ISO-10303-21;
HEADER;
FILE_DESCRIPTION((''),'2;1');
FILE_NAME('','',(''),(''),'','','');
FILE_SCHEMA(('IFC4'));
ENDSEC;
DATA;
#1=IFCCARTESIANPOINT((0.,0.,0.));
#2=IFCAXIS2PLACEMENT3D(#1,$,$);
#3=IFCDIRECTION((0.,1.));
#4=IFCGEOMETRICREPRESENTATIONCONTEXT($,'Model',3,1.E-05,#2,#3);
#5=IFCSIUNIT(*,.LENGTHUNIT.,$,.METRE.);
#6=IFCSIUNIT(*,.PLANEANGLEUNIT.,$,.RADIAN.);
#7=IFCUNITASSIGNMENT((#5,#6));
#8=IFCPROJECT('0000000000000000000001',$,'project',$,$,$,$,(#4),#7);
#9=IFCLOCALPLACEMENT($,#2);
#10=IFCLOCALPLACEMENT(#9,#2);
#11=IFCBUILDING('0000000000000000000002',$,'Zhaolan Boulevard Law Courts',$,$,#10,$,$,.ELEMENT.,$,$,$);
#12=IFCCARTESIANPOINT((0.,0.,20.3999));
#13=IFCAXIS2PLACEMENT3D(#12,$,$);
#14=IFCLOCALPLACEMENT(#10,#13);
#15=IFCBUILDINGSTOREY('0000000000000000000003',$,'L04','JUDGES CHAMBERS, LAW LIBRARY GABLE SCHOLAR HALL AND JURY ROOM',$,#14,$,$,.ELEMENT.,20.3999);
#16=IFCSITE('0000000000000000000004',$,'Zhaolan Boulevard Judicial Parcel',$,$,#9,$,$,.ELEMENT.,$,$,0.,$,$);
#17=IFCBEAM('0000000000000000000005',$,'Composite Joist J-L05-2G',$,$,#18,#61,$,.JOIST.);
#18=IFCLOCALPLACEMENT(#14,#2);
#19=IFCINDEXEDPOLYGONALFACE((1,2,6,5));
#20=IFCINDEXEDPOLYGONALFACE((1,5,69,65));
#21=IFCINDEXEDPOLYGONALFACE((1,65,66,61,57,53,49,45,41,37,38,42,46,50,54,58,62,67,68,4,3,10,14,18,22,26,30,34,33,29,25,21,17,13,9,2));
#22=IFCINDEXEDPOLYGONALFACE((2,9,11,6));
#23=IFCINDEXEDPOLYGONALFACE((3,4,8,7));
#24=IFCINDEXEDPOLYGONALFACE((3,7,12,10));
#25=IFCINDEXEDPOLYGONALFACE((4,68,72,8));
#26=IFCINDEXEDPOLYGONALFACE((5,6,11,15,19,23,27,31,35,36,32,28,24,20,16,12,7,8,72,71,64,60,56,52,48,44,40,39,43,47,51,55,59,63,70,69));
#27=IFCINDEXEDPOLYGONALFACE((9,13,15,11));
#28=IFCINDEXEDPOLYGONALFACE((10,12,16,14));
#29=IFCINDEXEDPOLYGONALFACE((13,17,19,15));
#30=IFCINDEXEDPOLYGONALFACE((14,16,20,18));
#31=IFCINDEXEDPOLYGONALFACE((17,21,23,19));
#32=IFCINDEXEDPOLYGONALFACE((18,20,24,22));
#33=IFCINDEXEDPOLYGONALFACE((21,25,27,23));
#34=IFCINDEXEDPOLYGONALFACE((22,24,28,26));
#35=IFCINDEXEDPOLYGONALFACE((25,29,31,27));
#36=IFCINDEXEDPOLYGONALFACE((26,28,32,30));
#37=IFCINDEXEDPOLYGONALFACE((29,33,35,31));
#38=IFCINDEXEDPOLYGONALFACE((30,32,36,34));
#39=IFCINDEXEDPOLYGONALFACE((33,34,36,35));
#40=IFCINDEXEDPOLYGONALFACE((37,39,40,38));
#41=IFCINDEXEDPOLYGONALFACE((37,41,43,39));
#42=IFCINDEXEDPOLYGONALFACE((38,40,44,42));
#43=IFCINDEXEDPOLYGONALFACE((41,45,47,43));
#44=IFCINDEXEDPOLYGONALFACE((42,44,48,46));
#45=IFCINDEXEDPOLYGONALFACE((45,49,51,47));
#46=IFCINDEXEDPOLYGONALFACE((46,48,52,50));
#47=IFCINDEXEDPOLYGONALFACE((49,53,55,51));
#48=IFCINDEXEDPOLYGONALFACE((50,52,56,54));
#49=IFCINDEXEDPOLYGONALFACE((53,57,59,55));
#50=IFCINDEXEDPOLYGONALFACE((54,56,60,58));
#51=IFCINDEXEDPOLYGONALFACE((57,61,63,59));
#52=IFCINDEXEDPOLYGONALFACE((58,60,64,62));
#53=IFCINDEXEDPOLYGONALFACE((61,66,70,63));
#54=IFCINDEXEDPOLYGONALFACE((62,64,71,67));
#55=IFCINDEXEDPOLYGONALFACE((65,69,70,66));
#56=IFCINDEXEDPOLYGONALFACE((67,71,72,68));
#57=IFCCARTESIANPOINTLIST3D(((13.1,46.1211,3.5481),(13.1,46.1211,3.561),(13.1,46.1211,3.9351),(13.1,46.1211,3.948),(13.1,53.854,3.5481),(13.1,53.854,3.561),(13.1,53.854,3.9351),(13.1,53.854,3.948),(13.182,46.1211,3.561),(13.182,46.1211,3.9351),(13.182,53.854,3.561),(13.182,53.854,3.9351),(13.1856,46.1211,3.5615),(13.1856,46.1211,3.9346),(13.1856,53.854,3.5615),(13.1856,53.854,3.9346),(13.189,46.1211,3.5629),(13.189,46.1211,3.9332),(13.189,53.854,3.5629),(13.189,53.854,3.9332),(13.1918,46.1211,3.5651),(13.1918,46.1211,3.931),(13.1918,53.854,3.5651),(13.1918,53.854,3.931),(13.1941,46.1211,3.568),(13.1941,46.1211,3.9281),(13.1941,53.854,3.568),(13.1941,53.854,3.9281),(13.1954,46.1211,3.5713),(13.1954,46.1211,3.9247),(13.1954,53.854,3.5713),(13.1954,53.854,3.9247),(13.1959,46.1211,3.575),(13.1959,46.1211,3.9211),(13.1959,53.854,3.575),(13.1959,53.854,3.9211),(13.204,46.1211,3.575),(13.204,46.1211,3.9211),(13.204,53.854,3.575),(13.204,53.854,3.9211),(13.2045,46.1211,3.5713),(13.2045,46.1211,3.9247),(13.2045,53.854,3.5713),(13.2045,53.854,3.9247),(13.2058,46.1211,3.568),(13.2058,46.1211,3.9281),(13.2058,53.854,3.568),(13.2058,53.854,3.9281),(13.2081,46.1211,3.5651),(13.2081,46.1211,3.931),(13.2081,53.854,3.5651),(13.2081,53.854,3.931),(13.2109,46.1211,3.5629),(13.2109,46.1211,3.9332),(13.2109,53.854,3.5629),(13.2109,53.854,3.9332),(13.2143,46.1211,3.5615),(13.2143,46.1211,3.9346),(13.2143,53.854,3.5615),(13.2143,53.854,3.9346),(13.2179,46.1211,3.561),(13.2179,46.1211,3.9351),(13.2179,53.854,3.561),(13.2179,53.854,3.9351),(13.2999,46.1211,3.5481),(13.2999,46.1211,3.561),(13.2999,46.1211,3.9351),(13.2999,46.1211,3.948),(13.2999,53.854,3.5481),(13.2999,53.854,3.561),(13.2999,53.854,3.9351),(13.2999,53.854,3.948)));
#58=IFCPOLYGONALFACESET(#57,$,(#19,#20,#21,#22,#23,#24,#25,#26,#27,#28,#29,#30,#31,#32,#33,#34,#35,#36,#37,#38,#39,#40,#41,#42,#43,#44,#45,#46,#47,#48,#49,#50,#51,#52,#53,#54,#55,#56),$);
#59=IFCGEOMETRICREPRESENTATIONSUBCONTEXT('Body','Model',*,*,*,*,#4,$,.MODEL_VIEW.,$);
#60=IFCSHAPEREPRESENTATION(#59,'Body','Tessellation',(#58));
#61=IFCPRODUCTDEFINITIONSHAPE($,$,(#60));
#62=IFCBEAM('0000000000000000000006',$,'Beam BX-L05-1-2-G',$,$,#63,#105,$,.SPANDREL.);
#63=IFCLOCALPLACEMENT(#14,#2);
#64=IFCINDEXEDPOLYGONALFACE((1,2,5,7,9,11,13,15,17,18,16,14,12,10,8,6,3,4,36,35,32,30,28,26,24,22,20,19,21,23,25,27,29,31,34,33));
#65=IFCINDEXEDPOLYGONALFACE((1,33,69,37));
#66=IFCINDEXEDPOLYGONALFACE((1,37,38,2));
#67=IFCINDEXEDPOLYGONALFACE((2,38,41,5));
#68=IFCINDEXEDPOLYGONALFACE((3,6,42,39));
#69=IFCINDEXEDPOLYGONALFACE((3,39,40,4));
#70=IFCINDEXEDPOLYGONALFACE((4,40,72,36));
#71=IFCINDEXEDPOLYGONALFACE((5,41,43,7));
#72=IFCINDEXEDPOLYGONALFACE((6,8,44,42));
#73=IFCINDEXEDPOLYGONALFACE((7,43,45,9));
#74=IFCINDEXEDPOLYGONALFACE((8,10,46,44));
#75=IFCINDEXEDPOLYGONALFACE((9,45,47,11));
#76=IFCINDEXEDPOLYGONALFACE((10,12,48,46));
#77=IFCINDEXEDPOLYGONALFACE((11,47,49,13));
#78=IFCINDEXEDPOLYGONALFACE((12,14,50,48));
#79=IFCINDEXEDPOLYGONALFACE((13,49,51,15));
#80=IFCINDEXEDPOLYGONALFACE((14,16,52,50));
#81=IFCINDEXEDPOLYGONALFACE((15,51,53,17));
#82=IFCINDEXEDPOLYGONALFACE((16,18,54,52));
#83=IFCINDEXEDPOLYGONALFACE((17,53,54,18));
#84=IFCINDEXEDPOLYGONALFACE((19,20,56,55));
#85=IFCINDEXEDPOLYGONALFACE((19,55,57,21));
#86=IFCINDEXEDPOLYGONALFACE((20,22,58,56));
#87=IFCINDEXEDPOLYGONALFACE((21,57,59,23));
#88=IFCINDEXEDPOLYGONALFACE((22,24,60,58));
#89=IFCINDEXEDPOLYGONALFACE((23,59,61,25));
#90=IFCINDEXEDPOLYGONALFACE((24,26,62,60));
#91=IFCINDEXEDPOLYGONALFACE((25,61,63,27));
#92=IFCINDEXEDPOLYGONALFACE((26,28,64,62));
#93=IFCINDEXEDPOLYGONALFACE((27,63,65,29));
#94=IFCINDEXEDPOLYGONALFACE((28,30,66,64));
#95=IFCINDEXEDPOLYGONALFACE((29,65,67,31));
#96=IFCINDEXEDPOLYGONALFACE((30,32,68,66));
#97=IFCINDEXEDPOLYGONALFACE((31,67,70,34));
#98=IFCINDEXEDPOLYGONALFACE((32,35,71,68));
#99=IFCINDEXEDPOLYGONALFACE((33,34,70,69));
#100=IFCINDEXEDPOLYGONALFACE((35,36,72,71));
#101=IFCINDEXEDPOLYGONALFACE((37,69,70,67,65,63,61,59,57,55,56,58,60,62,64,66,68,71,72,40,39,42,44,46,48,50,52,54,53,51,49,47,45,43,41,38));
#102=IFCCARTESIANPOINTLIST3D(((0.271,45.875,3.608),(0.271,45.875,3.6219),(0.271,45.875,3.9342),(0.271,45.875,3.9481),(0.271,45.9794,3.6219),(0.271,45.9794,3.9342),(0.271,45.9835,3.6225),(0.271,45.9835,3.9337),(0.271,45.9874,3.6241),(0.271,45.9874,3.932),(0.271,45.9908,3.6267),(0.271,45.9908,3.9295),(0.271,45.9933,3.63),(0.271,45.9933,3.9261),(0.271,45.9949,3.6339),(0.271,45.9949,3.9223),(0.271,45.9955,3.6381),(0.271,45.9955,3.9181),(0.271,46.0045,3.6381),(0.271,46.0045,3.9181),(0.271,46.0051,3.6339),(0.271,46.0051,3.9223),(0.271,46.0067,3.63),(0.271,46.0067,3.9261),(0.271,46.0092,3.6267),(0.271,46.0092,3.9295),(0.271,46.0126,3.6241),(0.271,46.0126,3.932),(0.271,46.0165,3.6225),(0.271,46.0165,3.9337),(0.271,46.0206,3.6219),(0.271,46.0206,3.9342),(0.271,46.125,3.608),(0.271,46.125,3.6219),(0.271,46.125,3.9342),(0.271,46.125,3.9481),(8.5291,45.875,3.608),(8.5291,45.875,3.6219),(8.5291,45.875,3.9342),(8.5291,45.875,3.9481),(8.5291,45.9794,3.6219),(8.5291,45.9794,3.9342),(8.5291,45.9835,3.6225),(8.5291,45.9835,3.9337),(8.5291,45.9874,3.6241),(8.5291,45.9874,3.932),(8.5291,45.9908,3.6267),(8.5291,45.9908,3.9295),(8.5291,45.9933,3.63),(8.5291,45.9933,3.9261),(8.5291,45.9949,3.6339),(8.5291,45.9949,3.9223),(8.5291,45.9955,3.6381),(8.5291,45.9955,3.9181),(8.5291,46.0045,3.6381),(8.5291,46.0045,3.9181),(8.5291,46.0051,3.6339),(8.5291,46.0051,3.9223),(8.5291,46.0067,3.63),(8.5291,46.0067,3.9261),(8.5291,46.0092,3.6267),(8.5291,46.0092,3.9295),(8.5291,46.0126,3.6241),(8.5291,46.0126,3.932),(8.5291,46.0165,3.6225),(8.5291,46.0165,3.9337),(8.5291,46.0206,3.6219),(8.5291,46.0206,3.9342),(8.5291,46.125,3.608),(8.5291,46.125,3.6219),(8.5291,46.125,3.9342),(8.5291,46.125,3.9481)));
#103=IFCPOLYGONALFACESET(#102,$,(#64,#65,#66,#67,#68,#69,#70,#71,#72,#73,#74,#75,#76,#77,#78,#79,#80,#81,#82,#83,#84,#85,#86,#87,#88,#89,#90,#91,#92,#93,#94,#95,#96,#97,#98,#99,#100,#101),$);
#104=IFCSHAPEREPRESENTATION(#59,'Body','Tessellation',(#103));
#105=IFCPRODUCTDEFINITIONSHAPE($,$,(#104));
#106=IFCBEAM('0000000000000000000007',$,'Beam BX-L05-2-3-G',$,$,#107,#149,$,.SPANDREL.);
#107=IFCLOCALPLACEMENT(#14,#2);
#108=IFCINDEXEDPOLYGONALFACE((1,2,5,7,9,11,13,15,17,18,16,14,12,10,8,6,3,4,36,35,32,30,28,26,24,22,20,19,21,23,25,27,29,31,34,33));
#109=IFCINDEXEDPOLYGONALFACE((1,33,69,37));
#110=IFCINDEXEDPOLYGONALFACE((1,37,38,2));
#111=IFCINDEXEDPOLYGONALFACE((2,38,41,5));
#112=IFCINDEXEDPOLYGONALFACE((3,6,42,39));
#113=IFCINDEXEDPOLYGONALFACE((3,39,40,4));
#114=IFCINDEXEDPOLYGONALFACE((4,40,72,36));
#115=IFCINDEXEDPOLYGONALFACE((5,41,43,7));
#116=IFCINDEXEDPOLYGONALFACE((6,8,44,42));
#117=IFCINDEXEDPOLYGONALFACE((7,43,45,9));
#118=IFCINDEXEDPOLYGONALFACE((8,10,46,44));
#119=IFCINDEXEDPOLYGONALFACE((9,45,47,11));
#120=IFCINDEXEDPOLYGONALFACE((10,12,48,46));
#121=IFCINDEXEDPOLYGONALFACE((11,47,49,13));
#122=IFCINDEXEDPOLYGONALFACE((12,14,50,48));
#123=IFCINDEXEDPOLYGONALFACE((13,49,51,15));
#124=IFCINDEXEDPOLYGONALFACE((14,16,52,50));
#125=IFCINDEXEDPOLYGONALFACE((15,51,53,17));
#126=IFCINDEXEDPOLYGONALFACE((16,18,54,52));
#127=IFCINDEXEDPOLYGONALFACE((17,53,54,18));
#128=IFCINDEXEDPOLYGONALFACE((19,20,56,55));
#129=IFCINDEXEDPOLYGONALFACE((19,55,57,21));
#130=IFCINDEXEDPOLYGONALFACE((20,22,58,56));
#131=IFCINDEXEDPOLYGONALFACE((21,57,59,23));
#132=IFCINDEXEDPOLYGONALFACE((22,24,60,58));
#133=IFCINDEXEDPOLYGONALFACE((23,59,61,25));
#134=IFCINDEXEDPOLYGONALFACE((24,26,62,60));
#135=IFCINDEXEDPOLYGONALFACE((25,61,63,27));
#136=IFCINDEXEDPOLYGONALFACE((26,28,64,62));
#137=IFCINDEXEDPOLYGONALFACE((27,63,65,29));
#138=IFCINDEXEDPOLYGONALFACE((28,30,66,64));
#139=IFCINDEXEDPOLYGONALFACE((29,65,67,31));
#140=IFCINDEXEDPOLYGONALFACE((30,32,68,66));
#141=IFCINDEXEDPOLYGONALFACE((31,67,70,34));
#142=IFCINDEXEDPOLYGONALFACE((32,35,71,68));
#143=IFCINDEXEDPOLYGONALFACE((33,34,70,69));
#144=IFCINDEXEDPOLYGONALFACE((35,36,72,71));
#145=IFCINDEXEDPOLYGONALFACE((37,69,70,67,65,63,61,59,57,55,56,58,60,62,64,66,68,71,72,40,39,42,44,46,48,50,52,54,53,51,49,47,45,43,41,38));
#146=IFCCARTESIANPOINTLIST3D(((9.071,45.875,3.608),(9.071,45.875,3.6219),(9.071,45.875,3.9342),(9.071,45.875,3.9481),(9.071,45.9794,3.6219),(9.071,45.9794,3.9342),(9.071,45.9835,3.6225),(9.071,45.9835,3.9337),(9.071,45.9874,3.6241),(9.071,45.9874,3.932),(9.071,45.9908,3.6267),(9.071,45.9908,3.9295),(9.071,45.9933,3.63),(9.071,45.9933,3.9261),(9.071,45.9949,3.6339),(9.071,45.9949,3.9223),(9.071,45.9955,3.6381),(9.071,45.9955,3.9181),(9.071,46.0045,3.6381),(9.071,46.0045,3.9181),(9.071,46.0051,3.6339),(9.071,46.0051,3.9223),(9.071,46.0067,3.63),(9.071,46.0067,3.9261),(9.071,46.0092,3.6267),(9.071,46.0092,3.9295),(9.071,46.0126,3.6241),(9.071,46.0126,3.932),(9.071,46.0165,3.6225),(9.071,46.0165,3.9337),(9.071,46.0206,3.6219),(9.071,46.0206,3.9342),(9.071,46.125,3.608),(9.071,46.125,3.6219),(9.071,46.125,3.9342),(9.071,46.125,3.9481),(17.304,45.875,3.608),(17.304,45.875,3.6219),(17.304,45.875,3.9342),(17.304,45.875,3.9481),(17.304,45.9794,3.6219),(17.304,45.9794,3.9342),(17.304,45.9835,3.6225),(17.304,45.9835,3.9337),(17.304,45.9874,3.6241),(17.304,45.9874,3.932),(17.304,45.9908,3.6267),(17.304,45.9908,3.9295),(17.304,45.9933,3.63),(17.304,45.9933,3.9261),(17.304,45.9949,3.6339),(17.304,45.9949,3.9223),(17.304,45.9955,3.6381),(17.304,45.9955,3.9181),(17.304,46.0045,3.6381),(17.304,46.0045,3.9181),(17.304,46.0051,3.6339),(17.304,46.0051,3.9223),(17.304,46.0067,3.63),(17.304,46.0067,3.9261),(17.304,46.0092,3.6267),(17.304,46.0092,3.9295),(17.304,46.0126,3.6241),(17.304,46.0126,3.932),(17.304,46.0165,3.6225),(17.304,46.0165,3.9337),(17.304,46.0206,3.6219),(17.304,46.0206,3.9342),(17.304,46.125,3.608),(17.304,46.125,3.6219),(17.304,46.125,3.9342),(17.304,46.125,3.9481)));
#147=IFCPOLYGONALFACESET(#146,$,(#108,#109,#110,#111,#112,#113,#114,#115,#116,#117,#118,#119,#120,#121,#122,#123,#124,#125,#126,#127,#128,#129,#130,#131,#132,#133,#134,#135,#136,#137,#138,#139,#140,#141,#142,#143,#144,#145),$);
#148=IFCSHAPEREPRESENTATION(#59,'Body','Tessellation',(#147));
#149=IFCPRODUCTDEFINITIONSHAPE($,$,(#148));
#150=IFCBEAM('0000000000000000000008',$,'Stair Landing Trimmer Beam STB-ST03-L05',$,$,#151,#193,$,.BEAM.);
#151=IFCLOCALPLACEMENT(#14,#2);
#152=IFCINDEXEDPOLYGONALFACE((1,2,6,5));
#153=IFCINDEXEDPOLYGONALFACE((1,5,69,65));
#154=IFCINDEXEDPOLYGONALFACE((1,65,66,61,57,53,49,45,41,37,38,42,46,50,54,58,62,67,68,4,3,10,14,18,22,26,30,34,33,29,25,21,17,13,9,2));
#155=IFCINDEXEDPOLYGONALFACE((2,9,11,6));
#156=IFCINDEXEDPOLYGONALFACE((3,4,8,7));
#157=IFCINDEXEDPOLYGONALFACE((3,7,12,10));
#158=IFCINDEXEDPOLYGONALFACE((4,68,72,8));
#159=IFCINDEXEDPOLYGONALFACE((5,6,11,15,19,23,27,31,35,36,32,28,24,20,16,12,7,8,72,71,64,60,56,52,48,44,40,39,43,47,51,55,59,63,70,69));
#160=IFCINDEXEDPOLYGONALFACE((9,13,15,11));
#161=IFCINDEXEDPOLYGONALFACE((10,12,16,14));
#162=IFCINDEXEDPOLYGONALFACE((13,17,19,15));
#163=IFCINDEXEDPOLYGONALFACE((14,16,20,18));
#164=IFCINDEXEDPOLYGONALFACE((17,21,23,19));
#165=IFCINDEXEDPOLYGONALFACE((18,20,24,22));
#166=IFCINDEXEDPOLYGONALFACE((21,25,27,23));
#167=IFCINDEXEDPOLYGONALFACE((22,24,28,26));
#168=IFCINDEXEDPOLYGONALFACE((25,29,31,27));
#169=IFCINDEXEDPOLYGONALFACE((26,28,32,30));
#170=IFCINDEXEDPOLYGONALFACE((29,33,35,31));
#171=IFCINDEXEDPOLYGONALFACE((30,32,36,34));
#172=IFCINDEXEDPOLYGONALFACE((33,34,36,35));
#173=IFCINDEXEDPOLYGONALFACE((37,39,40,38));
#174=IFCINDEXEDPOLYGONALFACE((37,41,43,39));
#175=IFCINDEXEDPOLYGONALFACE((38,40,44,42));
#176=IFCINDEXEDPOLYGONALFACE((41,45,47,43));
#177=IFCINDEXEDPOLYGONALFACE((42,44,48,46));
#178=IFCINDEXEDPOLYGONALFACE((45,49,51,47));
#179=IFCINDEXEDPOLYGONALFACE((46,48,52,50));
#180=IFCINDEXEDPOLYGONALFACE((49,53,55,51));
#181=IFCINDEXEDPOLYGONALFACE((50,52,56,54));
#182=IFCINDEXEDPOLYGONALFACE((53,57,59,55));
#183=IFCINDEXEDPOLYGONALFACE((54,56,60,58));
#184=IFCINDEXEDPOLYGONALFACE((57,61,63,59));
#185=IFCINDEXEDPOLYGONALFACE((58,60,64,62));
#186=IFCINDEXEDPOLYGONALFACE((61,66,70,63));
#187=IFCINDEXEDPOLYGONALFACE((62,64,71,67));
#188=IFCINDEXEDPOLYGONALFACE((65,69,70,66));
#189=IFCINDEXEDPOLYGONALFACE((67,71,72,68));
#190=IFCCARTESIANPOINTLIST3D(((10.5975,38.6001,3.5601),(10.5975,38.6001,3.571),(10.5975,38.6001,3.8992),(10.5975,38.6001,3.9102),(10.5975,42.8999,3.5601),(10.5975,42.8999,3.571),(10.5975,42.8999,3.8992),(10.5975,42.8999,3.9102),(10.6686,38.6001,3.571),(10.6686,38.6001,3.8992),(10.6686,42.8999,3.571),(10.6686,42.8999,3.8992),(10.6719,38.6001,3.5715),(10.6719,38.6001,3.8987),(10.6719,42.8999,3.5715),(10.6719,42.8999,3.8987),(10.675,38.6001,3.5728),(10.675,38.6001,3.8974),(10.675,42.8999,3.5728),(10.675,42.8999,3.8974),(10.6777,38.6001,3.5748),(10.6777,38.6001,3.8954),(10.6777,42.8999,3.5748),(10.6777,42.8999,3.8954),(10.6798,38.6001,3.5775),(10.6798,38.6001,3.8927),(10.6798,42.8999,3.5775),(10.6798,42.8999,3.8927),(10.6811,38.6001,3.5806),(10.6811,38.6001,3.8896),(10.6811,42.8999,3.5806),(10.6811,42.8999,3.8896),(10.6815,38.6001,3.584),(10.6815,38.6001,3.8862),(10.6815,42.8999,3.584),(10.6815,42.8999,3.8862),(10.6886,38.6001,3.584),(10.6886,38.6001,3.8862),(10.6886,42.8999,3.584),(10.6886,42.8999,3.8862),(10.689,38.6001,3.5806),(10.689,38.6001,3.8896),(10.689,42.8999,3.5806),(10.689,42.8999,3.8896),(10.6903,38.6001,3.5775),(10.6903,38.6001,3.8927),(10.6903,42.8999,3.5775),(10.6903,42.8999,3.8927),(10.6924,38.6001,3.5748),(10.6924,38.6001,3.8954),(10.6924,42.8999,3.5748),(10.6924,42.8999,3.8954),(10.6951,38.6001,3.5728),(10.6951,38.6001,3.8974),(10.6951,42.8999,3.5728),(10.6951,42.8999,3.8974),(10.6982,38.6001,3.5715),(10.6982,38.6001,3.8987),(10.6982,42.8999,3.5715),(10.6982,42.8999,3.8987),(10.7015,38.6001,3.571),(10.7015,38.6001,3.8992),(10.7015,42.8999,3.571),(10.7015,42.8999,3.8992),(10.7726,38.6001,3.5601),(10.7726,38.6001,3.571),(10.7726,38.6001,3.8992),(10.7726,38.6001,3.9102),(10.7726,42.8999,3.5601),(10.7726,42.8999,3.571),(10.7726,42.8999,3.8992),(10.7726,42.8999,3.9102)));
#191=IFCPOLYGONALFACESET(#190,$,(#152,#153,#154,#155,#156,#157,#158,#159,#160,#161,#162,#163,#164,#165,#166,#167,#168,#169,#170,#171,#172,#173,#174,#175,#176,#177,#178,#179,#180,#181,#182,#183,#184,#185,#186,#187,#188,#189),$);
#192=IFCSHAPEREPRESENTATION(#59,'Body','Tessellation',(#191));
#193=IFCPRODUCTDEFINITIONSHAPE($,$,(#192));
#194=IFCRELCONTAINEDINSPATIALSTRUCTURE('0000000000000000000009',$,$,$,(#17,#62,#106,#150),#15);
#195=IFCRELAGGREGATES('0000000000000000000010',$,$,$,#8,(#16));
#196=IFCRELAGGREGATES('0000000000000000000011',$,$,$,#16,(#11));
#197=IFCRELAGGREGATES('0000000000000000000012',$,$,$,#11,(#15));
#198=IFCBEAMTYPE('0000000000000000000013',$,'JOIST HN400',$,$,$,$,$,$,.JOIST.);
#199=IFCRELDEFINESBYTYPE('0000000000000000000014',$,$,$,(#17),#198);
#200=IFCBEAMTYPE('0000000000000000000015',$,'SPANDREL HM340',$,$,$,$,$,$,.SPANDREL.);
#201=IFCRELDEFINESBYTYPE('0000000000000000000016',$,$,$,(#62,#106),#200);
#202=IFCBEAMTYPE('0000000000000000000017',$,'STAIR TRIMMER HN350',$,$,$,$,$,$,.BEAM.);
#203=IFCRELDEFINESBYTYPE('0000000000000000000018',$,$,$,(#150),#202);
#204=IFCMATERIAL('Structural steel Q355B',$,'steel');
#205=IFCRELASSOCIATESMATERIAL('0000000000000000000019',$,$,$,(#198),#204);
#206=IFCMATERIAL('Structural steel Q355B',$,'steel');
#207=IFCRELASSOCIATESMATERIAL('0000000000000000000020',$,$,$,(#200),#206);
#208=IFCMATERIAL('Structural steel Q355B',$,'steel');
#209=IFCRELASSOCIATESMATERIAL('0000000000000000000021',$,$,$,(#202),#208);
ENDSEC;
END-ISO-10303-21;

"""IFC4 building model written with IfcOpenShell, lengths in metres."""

from ifc_helpers import new_model, si_unit, direction, frame, origin, origin_2d, place, context, subcontext, project, spatial, i_section, extrude, material, material_profile, profile_set, type_object, element, save


model = new_model("IFC4")

# Units and contexts
model_context = context("Model", 3, precision=1e-05, world=origin(), true_north=direction((0.0, 1.0)))
body_context = subcontext(model_context, "Body", "Model", "MODEL_VIEW")
ifc_project = project(units=[si_unit("LENGTHUNIT", "METRE"), si_unit("PLANEANGLEUNIT", "RADIAN")], contexts=[model_context])

# Site, building, storey
site_placement = place(None, origin())
site = spatial("IfcSite", under=ifc_project, at=site_placement, Name="Zhaolan Boulevard Judicial Parcel", CompositionType="ELEMENT", RefElevation=0.0)
building_placement = place(site_placement, origin())
building = spatial("IfcBuilding", under=site, at=building_placement, Name="Zhaolan Boulevard Law Courts", CompositionType="ELEMENT")
storey_placement = place(building_placement, frame((0.0, 0.0, 20.3999)))
storey = spatial("IfcBuildingStorey", under=building, at=storey_placement, Name="L04", Description="JUDGES CHAMBERS, LAW LIBRARY GABLE SCHOLAR HALL AND JURY ROOM", CompositionType="ELEMENT", Elevation=20.3999)

# Beams
ifc_material_1 = material(Name="Structural steel Q355B", Category="steel")
ifc_material_profile_1 = material_profile(ifc_material_1, i_section(OverallWidth=0.2, OverallDepth=0.3999, WebThickness=0.0081, FlangeThickness=0.0129, FilletRadius=0.0139, at=origin_2d()), Name="HN400x200")
ifc_profile_set_1 = profile_set([ifc_material_profile_1], Name="Structural steel Q355B")
beam_type_1 = type_object("IfcBeamType", Name="JOIST HN400", PredefinedType="JOIST", material=ifc_profile_set_1)
beam_1_placement = place(storey_placement, frame((13.2, 46.1211, 3.748), z_axis=(0.0, 1.0, 0.0), x_axis=(-1.0, 0.0, 0.0)))
element("IfcBeam", 1, at=beam_1_placement, inside=storey, type_object=beam_type_1, Name="Composite Joist J-L05-2G", PredefinedType="JOIST", context=body_context, shape_type="SweptSolid", body=[
    extrude(i_section(OverallWidth=0.2, OverallDepth=0.3999, WebThickness=0.0081, FlangeThickness=0.0129, FilletRadius=0.0139, at=origin_2d()), origin(), (0.0, 0.0, 1.0), 7.7329),
])
ifc_material_2 = material(Name="Structural steel Q355B", Category="steel")
ifc_material_profile_2 = material_profile(ifc_material_2, i_section(OverallWidth=0.25, OverallDepth=0.3401, WebThickness=0.009, FlangeThickness=0.0139, FilletRadius=0.0161, at=origin_2d()), Name="HM340x250")
ifc_profile_set_2 = profile_set([ifc_material_profile_2], Name="Structural steel Q355B")
beam_type_2 = type_object("IfcBeamType", Name="SPANDREL HM340", PredefinedType="SPANDREL", material=ifc_profile_set_2)
beam_2_placement = place(storey_placement, frame((0.271, 46.0, 3.7781), z_axis=(1.0, 0.0, 0.0), x_axis=(0.0, 1.0, 0.0)))
element("IfcBeam", 2, at=beam_2_placement, inside=storey, type_object=beam_type_2, Name="Beam BX-L05-1-2-G", PredefinedType="SPANDREL", context=body_context, shape_type="SweptSolid", body=[
    extrude(i_section(OverallWidth=0.25, OverallDepth=0.3401, WebThickness=0.009, FlangeThickness=0.0139, FilletRadius=0.0161, at=origin_2d()), origin(), (0.0, 0.0, 1.0), 8.2581),
])
beam_3_placement = place(storey_placement, frame((9.071, 46.0, 3.7781), z_axis=(1.0, 0.0, 0.0), x_axis=(0.0, 1.0, 0.0)))
element("IfcBeam", 3, at=beam_3_placement, inside=storey, type_object=beam_type_2, Name="Beam BX-L05-2-3-G", PredefinedType="SPANDREL", context=body_context, shape_type="SweptSolid", body=[
    extrude(i_section(OverallWidth=0.25, OverallDepth=0.3401, WebThickness=0.009, FlangeThickness=0.0139, FilletRadius=0.0161, at=origin_2d()), origin(), (0.0, 0.0, 1.0), 8.2329),
])
ifc_material_3 = material(Name="Structural steel Q355B", Category="steel")
ifc_material_profile_3 = material_profile(ifc_material_3, i_section(OverallWidth=0.175, OverallDepth=0.3501, WebThickness=0.0071, FlangeThickness=0.011, FilletRadius=0.0129, at=origin_2d()), Name="HN350x175")
ifc_profile_set_3 = profile_set([ifc_material_profile_3], Name="Structural steel Q355B")
beam_type_3 = type_object("IfcBeamType", Name="STAIR TRIMMER HN350", PredefinedType="BEAM", material=ifc_profile_set_3)
beam_4_placement = place(storey_placement, frame((10.6851, 38.6001, 3.7351), z_axis=(0.0, 1.0, 0.0), x_axis=(-1.0, 0.0, 0.0)))
element("IfcBeam", 4, at=beam_4_placement, inside=storey, type_object=beam_type_3, Name="Stair Landing Trimmer Beam STB-ST03-L05", PredefinedType="BEAM", context=body_context, shape_type="SweptSolid", body=[
    extrude(i_section(OverallWidth=0.175, OverallDepth=0.3501, WebThickness=0.0071, FlangeThickness=0.011, FilletRadius=0.0129, at=origin_2d()), origin(), (0.0, 0.0, 1.0), 4.2998),
])

save(model, "model.ifc")
